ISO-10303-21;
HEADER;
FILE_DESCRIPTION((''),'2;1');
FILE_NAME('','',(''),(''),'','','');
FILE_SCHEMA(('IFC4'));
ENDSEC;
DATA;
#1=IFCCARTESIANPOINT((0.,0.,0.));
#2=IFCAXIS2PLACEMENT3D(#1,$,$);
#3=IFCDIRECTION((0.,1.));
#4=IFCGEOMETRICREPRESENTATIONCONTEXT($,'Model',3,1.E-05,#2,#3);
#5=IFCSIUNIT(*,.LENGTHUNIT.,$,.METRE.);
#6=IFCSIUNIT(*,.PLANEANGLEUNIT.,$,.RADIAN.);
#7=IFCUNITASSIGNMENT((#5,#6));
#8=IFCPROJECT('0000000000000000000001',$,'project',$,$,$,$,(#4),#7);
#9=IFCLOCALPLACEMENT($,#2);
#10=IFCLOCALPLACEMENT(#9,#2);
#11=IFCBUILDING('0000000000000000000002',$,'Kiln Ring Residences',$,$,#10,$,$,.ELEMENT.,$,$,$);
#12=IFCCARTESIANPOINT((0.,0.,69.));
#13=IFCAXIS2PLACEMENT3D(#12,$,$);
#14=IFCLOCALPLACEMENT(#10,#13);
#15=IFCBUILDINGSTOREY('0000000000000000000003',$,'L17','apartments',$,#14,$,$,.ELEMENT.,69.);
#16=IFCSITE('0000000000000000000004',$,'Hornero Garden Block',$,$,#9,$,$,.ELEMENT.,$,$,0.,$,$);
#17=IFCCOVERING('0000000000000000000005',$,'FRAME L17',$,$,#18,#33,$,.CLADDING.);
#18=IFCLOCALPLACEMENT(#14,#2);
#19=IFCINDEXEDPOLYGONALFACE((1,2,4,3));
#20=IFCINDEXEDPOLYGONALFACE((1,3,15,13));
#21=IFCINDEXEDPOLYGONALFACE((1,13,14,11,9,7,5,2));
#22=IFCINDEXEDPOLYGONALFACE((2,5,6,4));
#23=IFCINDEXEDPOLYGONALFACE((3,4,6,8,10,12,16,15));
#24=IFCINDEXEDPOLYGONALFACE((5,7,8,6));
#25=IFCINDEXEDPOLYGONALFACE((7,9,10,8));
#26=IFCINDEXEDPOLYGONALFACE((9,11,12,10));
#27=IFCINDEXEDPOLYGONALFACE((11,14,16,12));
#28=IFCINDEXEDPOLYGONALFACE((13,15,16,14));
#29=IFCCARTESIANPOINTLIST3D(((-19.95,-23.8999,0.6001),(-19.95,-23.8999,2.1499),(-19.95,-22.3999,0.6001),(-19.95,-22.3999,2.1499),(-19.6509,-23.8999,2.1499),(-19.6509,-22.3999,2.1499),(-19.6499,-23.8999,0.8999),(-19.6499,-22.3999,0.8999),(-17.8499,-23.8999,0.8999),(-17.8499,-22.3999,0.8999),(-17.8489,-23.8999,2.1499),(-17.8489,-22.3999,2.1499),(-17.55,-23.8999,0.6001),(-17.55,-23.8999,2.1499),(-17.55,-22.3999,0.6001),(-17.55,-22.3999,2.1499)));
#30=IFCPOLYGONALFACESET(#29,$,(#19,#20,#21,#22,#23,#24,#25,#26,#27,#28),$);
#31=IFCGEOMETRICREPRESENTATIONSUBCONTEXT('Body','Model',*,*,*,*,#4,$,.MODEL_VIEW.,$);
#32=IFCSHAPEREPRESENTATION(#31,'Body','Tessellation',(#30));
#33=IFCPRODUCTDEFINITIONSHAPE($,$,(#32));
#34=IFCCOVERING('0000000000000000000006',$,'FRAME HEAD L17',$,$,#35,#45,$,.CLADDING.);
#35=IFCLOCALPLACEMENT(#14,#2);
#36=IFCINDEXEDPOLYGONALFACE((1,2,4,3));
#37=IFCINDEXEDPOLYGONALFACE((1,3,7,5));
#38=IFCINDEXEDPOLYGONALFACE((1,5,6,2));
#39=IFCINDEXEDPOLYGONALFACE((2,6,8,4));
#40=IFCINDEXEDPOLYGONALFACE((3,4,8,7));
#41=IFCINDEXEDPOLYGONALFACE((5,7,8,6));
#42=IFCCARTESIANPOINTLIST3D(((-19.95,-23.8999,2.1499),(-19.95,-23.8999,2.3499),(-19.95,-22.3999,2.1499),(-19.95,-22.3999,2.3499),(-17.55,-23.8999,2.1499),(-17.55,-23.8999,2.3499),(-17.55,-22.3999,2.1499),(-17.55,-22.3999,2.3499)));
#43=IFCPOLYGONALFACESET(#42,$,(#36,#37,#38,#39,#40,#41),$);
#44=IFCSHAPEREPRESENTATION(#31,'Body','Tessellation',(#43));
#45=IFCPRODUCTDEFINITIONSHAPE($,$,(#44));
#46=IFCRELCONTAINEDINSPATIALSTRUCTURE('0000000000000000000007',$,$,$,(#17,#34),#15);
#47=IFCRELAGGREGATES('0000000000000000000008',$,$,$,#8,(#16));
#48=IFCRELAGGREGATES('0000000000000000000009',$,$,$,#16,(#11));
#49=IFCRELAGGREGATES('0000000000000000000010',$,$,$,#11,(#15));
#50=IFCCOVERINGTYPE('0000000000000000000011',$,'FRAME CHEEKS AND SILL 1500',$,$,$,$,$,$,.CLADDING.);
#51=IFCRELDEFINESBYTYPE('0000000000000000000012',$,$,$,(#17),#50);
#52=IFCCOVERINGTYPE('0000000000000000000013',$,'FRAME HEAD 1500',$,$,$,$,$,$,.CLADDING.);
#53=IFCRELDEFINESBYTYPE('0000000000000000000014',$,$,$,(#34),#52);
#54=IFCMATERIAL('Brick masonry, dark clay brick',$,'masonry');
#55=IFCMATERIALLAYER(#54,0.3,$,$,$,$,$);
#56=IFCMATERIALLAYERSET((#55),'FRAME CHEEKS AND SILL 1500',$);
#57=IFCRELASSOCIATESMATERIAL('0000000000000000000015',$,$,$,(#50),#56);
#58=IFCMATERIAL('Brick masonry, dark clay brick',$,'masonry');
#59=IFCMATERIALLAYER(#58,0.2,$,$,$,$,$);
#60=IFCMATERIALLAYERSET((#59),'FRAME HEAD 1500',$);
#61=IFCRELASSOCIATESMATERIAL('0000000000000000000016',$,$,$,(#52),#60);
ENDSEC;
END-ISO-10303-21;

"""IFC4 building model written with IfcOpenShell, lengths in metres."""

from ifc_helpers import new_model, si_unit, direction, frame, origin, origin_2d, place, context, subcontext, project, spatial, polyline, rectangle, outline, extrude, material, layer, layer_set, type_object, element, save


model = new_model("IFC4")

# Units and contexts
model_context = context("Model", 3, precision=1e-05, world=origin(), true_north=direction((0.0, 1.0)))
body_context = subcontext(model_context, "Body", "Model", "MODEL_VIEW")
ifc_project = project(units=[si_unit("LENGTHUNIT", "METRE"), si_unit("PLANEANGLEUNIT", "RADIAN")], contexts=[model_context])

# Site, building, storey
site_placement = place(None, origin())
site = spatial("IfcSite", under=ifc_project, at=site_placement, Name="Hornero Garden Block", CompositionType="ELEMENT", RefElevation=0.0)
building_placement = place(site_placement, origin())
building = spatial("IfcBuilding", under=site, at=building_placement, Name="Kiln Ring Residences", CompositionType="ELEMENT")
storey_placement = place(building_placement, frame((0.0, 0.0, 69.0)))
storey = spatial("IfcBuildingStorey", under=building, at=storey_placement, Name="L17", Description="apartments", CompositionType="ELEMENT", Elevation=69.0)

# Coverings
ifc_material_1 = material(Name="Brick masonry, dark clay brick", Category="masonry")
ifc_layer_1 = layer(ifc_material_1, 0.3)
ifc_layer_set_1 = layer_set([ifc_layer_1], Name="FRAME CHEEKS AND SILL 1500")
covering_type_1 = type_object("IfcCoveringType", Name="FRAME CHEEKS AND SILL 1500", PredefinedType="CLADDING", material=ifc_layer_set_1)
covering_1_placement = place(storey_placement, frame((-19.95, -23.1499, 0.6001), z_axis=(0.0, 0.0, 1.0), x_axis=(1.0, 0.0, 0.0)))
element("IfcCovering", 1, at=covering_1_placement, inside=storey, type_object=covering_type_1, Name="FRAME L17", PredefinedType="CLADDING", context=body_context, shape_type="SweptSolid", body=[
    extrude(outline(polyline([(0.0, 0.0), (2.3999, 0.0), (2.3999, 1.5498), (2.1011, 1.5498), (2.1001, 0.2998), (0.3, 0.2998), (0.2991, 1.5498), (0.0, 1.5498), (0.0, 0.0)])), frame((0.0, 0.75, 0.0), z_axis=(0.0, -1.0, 0.0), x_axis=(1.0, 0.0, 0.0)), (0.0, 0.0, 1.0), 1.5),
])
ifc_material_2 = material(Name="Brick masonry, dark clay brick", Category="masonry")
ifc_layer_2 = layer(ifc_material_2, 0.2)
ifc_layer_set_2 = layer_set([ifc_layer_2], Name="FRAME HEAD 1500")
covering_type_2 = type_object("IfcCoveringType", Name="FRAME HEAD 1500", PredefinedType="CLADDING", material=ifc_layer_set_2)
covering_2_placement = place(storey_placement, frame((-18.75, -23.1499, 2.1499), z_axis=(0.0, 0.0, 1.0), x_axis=(1.0, 0.0, 0.0)))
element("IfcCovering", 2, at=covering_2_placement, inside=storey, type_object=covering_type_2, Name="FRAME HEAD L17", PredefinedType="CLADDING", context=body_context, shape_type="SweptSolid", body=[
    extrude(rectangle(XDim=2.3999, YDim=1.5, at=origin_2d()), origin(), (0.0, 0.0, 1.0), 0.2),
])

save(model, "model.ifc")
